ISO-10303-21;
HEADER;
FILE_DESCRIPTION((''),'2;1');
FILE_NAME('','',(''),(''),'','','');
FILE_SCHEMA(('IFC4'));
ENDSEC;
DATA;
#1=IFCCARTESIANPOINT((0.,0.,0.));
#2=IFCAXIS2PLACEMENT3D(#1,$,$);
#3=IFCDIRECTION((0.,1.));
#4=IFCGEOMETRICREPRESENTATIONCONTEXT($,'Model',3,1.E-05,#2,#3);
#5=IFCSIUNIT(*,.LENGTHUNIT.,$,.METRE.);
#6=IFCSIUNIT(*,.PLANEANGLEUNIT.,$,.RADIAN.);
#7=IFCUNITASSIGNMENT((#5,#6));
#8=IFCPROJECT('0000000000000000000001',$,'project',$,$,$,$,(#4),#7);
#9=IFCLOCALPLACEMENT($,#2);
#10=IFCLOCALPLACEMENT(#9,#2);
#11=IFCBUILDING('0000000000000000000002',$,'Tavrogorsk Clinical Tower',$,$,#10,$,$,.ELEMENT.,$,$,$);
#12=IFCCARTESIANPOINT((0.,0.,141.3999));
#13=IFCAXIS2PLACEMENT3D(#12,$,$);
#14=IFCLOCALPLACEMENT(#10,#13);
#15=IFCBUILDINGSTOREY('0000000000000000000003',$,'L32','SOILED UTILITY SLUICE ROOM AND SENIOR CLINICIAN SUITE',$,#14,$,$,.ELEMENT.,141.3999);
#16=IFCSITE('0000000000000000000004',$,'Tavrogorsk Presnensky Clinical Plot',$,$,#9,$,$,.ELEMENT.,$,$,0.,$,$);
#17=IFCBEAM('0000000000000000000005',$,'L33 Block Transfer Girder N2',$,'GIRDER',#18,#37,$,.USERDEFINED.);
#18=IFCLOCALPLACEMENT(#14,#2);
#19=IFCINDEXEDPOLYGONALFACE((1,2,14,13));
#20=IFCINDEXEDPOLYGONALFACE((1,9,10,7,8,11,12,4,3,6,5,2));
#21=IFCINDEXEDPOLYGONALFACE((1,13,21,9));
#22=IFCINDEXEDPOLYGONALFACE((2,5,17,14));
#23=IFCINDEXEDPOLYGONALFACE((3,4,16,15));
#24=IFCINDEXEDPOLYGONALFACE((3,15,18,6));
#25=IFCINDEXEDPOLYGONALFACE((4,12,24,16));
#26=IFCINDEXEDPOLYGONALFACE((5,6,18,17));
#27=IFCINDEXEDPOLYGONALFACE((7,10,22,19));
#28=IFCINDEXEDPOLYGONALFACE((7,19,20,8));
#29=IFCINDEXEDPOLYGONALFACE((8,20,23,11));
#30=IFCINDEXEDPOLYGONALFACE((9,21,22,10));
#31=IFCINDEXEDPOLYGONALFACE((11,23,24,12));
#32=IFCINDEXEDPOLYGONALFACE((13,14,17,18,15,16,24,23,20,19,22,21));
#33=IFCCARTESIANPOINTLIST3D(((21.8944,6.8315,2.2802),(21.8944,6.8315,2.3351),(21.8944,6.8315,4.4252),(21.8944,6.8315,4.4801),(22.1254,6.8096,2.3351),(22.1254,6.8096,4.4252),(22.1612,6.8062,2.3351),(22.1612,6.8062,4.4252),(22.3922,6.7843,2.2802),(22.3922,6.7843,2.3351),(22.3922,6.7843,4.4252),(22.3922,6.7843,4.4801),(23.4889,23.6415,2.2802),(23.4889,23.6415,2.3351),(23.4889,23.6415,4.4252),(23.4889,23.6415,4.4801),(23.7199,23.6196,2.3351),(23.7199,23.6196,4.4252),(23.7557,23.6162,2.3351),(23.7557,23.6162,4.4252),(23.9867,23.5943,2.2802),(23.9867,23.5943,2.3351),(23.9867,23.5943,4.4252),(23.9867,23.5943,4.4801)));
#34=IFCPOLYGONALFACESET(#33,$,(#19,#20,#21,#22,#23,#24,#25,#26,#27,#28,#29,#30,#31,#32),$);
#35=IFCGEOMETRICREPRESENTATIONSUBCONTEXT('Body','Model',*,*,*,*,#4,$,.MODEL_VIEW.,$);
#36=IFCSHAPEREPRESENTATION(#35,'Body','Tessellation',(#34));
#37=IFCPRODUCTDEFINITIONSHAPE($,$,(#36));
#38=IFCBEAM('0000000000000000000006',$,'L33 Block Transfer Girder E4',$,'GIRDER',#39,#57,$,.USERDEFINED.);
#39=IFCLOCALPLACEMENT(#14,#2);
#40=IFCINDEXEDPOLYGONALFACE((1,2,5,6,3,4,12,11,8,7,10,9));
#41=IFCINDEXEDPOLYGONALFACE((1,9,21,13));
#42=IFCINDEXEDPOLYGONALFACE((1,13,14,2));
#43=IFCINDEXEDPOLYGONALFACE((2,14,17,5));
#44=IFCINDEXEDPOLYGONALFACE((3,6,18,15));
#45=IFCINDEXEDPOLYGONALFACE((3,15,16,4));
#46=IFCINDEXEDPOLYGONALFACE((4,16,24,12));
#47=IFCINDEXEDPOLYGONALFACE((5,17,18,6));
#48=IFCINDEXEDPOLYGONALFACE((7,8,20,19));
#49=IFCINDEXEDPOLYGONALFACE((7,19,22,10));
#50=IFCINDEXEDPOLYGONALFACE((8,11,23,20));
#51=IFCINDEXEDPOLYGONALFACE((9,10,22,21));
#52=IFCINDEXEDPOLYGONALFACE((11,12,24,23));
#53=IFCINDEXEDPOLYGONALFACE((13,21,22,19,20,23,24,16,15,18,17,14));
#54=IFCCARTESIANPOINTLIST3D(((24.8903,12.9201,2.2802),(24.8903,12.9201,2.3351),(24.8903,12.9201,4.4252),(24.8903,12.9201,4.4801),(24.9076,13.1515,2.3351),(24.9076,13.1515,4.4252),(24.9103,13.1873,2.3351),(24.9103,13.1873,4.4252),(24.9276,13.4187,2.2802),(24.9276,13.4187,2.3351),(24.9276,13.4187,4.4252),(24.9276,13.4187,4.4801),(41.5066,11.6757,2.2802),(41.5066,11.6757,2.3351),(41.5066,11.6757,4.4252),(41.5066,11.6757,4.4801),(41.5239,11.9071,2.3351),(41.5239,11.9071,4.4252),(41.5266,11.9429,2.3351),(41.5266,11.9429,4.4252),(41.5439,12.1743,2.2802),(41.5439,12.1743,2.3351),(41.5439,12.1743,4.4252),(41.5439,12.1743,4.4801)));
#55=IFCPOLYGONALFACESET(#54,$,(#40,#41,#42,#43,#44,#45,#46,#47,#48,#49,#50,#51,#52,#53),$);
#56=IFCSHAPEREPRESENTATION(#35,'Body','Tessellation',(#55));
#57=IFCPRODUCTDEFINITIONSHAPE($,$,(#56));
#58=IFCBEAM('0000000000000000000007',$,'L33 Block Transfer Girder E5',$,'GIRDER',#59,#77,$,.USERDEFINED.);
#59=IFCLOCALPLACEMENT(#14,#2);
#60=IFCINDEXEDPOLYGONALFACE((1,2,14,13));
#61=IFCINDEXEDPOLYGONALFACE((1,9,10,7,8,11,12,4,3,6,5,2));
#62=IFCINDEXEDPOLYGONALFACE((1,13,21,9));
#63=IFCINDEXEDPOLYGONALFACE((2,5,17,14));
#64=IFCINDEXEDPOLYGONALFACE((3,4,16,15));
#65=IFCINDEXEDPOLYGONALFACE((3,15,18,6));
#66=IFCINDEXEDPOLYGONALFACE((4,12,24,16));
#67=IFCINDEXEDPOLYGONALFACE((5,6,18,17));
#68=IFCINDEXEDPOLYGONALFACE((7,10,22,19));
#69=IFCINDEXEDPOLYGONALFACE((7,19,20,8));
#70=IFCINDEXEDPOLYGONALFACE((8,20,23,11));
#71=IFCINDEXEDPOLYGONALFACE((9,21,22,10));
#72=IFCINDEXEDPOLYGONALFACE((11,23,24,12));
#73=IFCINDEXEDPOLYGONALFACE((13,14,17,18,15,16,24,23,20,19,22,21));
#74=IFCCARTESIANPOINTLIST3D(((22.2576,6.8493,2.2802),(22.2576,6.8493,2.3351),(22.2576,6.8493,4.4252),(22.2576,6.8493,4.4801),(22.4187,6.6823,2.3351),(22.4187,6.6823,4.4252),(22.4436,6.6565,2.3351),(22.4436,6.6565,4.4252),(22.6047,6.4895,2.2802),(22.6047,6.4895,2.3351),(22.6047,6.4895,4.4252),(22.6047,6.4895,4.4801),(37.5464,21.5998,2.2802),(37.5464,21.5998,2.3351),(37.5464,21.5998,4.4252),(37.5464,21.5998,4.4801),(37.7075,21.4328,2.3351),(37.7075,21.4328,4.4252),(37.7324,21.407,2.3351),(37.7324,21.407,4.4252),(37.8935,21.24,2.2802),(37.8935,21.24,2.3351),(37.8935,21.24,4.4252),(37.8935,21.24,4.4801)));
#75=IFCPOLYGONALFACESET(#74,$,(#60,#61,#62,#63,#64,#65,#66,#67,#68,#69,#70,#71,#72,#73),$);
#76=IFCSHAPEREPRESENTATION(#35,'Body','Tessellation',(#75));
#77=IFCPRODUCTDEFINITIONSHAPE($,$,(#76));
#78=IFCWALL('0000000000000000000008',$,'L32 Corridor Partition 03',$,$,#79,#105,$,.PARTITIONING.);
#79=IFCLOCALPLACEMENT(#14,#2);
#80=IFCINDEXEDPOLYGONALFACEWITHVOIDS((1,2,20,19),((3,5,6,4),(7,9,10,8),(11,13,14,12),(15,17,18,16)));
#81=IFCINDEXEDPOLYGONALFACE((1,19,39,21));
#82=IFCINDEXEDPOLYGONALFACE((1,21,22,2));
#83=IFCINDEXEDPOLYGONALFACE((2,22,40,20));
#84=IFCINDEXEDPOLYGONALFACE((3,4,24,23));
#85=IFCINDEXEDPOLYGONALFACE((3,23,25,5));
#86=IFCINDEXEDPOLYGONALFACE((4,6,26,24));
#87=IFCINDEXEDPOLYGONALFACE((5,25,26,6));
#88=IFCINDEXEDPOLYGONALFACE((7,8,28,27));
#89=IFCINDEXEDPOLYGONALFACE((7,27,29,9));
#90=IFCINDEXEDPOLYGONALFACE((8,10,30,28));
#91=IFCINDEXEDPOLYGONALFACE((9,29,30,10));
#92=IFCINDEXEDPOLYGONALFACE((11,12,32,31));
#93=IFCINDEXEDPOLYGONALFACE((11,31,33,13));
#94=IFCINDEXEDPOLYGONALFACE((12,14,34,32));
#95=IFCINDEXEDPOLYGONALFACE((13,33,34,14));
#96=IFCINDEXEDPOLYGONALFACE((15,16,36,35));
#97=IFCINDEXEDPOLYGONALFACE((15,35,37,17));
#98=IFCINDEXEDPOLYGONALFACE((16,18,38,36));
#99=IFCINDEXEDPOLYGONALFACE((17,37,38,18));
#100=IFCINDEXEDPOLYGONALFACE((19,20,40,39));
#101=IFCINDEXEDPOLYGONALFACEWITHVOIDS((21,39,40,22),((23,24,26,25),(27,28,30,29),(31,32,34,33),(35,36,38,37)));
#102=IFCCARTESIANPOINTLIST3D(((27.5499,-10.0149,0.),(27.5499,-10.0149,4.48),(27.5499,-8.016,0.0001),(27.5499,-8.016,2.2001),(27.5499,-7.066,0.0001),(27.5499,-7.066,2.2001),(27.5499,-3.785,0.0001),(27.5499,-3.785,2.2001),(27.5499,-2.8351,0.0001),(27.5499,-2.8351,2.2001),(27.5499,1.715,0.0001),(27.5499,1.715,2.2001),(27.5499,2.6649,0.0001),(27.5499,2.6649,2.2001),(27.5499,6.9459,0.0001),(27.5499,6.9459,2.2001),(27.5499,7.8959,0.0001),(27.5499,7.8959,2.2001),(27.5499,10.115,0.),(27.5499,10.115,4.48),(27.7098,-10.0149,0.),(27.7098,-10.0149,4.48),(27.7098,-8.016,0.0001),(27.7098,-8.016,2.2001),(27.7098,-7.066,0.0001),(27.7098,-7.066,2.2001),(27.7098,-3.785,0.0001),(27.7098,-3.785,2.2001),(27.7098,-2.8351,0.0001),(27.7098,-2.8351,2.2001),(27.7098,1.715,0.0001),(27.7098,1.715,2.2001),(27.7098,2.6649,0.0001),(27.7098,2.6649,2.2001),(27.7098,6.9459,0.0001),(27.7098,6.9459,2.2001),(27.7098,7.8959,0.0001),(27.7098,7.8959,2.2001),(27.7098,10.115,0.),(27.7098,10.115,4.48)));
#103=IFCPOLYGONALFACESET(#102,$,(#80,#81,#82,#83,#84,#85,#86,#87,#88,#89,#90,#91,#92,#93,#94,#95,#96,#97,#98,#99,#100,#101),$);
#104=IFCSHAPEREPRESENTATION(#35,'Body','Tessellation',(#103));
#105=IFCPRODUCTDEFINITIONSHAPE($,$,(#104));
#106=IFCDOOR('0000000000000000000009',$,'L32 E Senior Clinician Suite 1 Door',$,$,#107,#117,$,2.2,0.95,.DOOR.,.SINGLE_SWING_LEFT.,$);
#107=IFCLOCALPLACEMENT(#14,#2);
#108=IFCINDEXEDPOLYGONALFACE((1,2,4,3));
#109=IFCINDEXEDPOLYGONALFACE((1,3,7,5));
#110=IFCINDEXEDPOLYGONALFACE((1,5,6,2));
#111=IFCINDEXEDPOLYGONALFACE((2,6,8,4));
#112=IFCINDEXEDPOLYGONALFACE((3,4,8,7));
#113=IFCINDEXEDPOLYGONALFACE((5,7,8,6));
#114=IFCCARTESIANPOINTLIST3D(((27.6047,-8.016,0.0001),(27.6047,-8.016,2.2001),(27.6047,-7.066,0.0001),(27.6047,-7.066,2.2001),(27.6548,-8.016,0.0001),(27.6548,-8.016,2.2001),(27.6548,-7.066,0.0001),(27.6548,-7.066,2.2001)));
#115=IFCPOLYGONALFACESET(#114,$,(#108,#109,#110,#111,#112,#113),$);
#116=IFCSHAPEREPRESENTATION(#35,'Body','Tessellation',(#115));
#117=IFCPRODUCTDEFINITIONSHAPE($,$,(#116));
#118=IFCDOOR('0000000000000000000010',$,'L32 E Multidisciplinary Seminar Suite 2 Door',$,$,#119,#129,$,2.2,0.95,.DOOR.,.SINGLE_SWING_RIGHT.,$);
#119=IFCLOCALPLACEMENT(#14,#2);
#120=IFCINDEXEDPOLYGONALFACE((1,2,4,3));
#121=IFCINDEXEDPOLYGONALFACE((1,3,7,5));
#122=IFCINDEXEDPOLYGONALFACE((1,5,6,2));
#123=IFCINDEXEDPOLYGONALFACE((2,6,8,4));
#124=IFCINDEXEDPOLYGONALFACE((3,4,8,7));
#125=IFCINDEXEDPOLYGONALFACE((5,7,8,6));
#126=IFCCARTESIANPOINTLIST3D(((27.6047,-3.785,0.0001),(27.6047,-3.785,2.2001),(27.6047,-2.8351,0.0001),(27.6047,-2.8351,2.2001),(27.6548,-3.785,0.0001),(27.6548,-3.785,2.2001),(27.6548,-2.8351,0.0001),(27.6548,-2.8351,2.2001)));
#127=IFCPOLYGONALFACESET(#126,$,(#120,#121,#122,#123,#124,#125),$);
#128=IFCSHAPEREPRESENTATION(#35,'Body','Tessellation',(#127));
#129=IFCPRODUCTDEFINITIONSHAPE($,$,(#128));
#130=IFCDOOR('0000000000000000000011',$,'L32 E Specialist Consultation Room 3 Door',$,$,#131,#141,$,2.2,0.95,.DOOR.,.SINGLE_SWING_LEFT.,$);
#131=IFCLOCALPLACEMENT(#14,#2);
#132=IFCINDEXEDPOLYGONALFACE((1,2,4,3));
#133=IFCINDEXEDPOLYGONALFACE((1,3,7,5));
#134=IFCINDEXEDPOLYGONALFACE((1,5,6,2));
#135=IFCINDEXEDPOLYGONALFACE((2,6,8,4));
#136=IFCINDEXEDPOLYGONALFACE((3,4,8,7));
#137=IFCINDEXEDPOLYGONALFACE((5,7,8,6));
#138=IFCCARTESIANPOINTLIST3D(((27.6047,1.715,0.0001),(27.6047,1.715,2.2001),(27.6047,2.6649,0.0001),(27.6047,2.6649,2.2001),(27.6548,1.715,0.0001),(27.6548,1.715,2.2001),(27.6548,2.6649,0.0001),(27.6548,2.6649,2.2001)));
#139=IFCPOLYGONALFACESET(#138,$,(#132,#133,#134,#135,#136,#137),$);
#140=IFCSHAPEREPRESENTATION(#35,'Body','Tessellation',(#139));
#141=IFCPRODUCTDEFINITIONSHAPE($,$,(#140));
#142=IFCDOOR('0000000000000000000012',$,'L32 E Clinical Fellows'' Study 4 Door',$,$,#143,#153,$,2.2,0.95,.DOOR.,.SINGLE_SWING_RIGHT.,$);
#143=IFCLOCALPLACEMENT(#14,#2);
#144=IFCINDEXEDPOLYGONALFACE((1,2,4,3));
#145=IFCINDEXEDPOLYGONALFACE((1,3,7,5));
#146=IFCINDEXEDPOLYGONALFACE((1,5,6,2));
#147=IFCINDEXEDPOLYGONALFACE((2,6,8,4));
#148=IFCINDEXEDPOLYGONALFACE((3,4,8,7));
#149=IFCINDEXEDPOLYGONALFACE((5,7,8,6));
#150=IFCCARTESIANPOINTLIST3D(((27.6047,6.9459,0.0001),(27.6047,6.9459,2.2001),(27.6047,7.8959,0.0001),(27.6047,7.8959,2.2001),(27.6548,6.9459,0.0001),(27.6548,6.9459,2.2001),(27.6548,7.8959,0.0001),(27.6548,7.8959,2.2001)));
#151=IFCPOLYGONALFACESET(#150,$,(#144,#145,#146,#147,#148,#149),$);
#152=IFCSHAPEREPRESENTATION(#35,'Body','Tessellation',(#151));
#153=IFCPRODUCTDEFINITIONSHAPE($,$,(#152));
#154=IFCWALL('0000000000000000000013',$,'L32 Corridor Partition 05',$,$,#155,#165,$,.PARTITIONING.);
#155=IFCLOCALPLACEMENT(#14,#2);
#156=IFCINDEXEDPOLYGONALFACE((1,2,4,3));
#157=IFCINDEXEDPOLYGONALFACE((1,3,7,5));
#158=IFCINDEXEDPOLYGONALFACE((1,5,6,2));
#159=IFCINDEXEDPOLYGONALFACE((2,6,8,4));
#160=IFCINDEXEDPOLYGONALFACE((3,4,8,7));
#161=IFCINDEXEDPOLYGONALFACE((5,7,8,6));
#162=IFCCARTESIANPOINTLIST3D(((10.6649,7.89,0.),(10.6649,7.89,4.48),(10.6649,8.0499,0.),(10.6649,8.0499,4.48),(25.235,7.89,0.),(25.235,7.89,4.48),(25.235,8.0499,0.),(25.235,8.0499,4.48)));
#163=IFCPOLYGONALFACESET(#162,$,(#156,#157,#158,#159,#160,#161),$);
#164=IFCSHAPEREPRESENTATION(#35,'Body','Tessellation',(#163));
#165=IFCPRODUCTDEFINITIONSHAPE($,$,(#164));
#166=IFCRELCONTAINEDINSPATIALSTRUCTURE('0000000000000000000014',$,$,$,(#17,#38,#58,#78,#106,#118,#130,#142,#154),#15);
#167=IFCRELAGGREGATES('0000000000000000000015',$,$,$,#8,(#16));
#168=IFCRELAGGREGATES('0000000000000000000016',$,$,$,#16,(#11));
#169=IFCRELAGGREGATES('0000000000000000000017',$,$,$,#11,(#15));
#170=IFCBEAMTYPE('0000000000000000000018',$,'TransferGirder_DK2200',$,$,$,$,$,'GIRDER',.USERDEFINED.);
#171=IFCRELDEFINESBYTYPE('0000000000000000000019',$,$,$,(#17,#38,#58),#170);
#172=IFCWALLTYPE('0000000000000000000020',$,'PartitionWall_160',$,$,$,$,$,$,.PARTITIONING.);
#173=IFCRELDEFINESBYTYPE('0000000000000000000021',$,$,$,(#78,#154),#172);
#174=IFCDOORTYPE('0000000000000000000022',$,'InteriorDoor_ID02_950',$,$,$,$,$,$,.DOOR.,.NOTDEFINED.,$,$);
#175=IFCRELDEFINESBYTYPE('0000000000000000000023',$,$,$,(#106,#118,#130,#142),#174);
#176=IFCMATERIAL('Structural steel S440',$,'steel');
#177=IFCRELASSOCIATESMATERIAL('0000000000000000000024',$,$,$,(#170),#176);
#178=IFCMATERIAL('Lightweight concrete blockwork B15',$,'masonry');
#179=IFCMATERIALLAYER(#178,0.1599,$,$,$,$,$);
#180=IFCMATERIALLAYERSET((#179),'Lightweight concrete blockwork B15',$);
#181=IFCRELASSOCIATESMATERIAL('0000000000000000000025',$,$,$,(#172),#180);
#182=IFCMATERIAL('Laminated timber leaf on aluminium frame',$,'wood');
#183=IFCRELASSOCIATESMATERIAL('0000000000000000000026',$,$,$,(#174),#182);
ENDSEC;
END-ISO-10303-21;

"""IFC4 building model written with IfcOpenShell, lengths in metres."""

from ifc_helpers import new_model, si_unit, direction, frame, frame_2d, origin, origin_2d, place, context, subcontext, project, spatial, rectangle, i_section, extrude, material, layer, layer_set, material_profile, profile_set, type_object, element, fill, save


model = new_model("IFC4")

# Units and contexts
model_context = context("Model", 3, precision=1e-05, world=origin(), true_north=direction((0.0, 1.0)))
body_context = subcontext(model_context, "Body", "Model", "MODEL_VIEW")
ifc_project = project(units=[si_unit("LENGTHUNIT", "METRE"), si_unit("PLANEANGLEUNIT", "RADIAN")], contexts=[model_context])

# Site, building, storey
site_placement = place(None, origin())
site = spatial("IfcSite", under=ifc_project, at=site_placement, Name="Tavrogorsk Presnensky Clinical Plot", CompositionType="ELEMENT", RefElevation=0.0)
building_placement = place(site_placement, origin())
building = spatial("IfcBuilding", under=site, at=building_placement, Name="Tavrogorsk Clinical Tower", CompositionType="ELEMENT")
storey_placement = place(building_placement, frame((0.0, 0.0, 141.3999)))
storey = spatial("IfcBuildingStorey", under=building, at=storey_placement, Name="L32", Description="SOILED UTILITY SLUICE ROOM AND SENIOR CLINICIAN SUITE", CompositionType="ELEMENT", Elevation=141.3999)

# Beams
ifc_material_1 = material(Name="Structural steel S440", Category="steel")
ifc_material_profile_1 = material_profile(ifc_material_1, i_section(OverallWidth=0.5, OverallDepth=2.2, WebThickness=0.0359, FlangeThickness=0.0549, at=origin_2d()), Name="DK-2200x500x36x55")
ifc_profile_set_1 = profile_set([ifc_material_profile_1], Name="Structural steel S440")
beam_type_1 = type_object("IfcBeamType", Name="TransferGirder_DK2200", ElementType="GIRDER", PredefinedType="USERDEFINED", material=ifc_profile_set_1)
beam_1_placement = place(storey_placement, frame((22.1433, 6.8079, 3.3801), z_axis=(0.094429, 0.995532, 0.0), x_axis=(-0.995532, 0.094429, 0.0)))
element("IfcBeam", 1, at=beam_1_placement, inside=storey, type_object=beam_type_1, Name="L33 Block Transfer Girder N2", ObjectType="GIRDER", PredefinedType="USERDEFINED", context=body_context, shape_type="SweptSolid", body=[
    extrude(i_section(OverallWidth=0.5, OverallDepth=2.2, WebThickness=0.0359, FlangeThickness=0.0549, at=origin_2d()), origin(), (0.0, 0.0, 1.0), 16.8855),
])
beam_2_placement = place(storey_placement, frame((24.9089, 13.1694, 3.3801), z_axis=(0.997207, -0.074681, 0.0), x_axis=(0.074681, 0.997207, 0.0)))
element("IfcBeam", 2, at=beam_2_placement, inside=storey, type_object=beam_type_1, Name="L33 Block Transfer Girder E4", ObjectType="GIRDER", PredefinedType="USERDEFINED", context=body_context, shape_type="SweptSolid", body=[
    extrude(i_section(OverallWidth=0.5, OverallDepth=2.2, WebThickness=0.0359, FlangeThickness=0.0549, at=origin_2d()), origin(), (0.0, 0.0, 1.0), 16.6628),
])
beam_3_placement = place(storey_placement, frame((22.4312, 6.6694, 3.3801), z_axis=(0.719663, 0.694323, 0.0), x_axis=(-0.694323, 0.719663, 0.0)))
element("IfcBeam", 3, at=beam_3_placement, inside=storey, type_object=beam_type_1, Name="L33 Block Transfer Girder E5", ObjectType="GIRDER", PredefinedType="USERDEFINED", context=body_context, shape_type="SweptSolid", body=[
    extrude(i_section(OverallWidth=0.5, OverallDepth=2.2, WebThickness=0.0359, FlangeThickness=0.0549, at=origin_2d()), origin(), (0.0, 0.0, 1.0), 21.2444),
])

# Wall, openings, doors
ifc_material_2 = material(Name="Lightweight concrete blockwork B15", Category="masonry")
ifc_layer_1 = layer(ifc_material_2, 0.1599)
ifc_layer_set_1 = layer_set([ifc_layer_1], Name="Lightweight concrete blockwork B15")
wall_type_1 = type_object("IfcWallType", Name="PartitionWall_160", PredefinedType="PARTITIONING", material=ifc_layer_set_1)
wall_1_placement = place(storey_placement, frame((27.6299, 10.115, 0.0), z_axis=(0.0, 0.0, 1.0), x_axis=(0.0, -1.0, 0.0)))
wall_1 = element("IfcWall", 4, at=wall_1_placement, inside=storey, type_object=wall_type_1, Name="L32 Corridor Partition 03", PredefinedType="PARTITIONING", context=body_context, shape_type="SweptSolid", body=[
    extrude(rectangle(XDim=20.1299, YDim=0.1599, at=frame_2d((10.0649, 0.0))), origin(), (0.0, 0.0, 1.0), 4.48),
])
opening_1_placement = place(wall_1_placement, frame((17.1809, 0.0, 0.0)))
opening_1 = element("IfcOpeningElement", 5, at=opening_1_placement, cuts=wall_1, PredefinedType="OPENING", context=body_context, shape_type="SweptSolid", body=[
    extrude(rectangle(XDim=0.95, YDim=2.2, at=frame_2d((0.4751, 1.1001))), frame((0.0, 0.0898, 0.0), z_axis=(0.0, -1.0, 0.0), x_axis=(1.0, 0.0, 0.0)), (0.0, 0.0, 1.0), 0.1799),
])
opening_2_placement = place(wall_1_placement, frame((12.95, 0.0, 0.0)))
opening_2 = element("IfcOpeningElement", 6, at=opening_2_placement, cuts=wall_1, PredefinedType="OPENING", context=body_context, shape_type="SweptSolid", body=[
    extrude(rectangle(XDim=0.95, YDim=2.2, at=frame_2d((0.4751, 1.1001))), frame((0.0, 0.0898, 0.0), z_axis=(0.0, -1.0, 0.0), x_axis=(1.0, 0.0, 0.0)), (0.0, 0.0, 1.0), 0.1799),
])
opening_3_placement = place(wall_1_placement, frame((7.45, 0.0, 0.0)))
opening_3 = element("IfcOpeningElement", 7, at=opening_3_placement, cuts=wall_1, PredefinedType="OPENING", context=body_context, shape_type="SweptSolid", body=[
    extrude(rectangle(XDim=0.95, YDim=2.2, at=frame_2d((0.4751, 1.1001))), frame((0.0, 0.0898, 0.0), z_axis=(0.0, -1.0, 0.0), x_axis=(1.0, 0.0, 0.0)), (0.0, 0.0, 1.0), 0.1799),
])
opening_4_placement = place(wall_1_placement, frame((2.219, 0.0, 0.0)))
opening_4 = element("IfcOpeningElement", 8, at=opening_4_placement, cuts=wall_1, PredefinedType="OPENING", context=body_context, shape_type="SweptSolid", body=[
    extrude(rectangle(XDim=0.95, YDim=2.2, at=frame_2d((0.4751, 1.1001))), frame((0.0, 0.0898, 0.0), z_axis=(0.0, -1.0, 0.0), x_axis=(1.0, 0.0, 0.0)), (0.0, 0.0, 1.0), 0.1799),
])
ifc_material_3 = material(Name="Laminated timber leaf on aluminium frame", Category="wood")
door_type = type_object("IfcDoorType", Name="InteriorDoor_ID02_950", OperationType="NOTDEFINED", PredefinedType="DOOR", material=ifc_material_3)
door_1_placement = place(opening_1_placement, origin())
door_1 = element("IfcDoor", 9, at=door_1_placement, inside=storey, type_object=door_type, Name="L32 E Senior Clinician Suite 1 Door", OperationType="SINGLE_SWING_LEFT", OverallHeight=2.2, OverallWidth=0.95, PredefinedType="DOOR", context=body_context, shape_type="SweptSolid", body=[
    extrude(rectangle(XDim=0.95, YDim=2.2, at=frame_2d((0.4751, 1.1001))), frame((0.0, 0.0249, 0.0), z_axis=(0.0, -1.0, 0.0), x_axis=(1.0, 0.0, 0.0)), (0.0, 0.0, 1.0), 0.05),
])
fill(opening_1, door_1)
door_2_placement = place(opening_2_placement, origin())
door_2 = element("IfcDoor", 10, at=door_2_placement, inside=storey, type_object=door_type, Name="L32 E Multidisciplinary Seminar Suite 2 Door", OperationType="SINGLE_SWING_RIGHT", OverallHeight=2.2, OverallWidth=0.95, PredefinedType="DOOR", context=body_context, shape_type="SweptSolid", body=[
    extrude(rectangle(XDim=0.95, YDim=2.2, at=frame_2d((0.4751, 1.1001))), frame((0.0, 0.0249, 0.0), z_axis=(0.0, -1.0, 0.0), x_axis=(1.0, 0.0, 0.0)), (0.0, 0.0, 1.0), 0.05),
])
fill(opening_2, door_2)
door_3_placement = place(opening_3_placement, origin())
door_3 = element("IfcDoor", 11, at=door_3_placement, inside=storey, type_object=door_type, Name="L32 E Specialist Consultation Room 3 Door", OperationType="SINGLE_SWING_LEFT", OverallHeight=2.2, OverallWidth=0.95, PredefinedType="DOOR", context=body_context, shape_type="SweptSolid", body=[
    extrude(rectangle(XDim=0.95, YDim=2.2, at=frame_2d((0.4751, 1.1001))), frame((0.0, 0.0249, 0.0), z_axis=(0.0, -1.0, 0.0), x_axis=(1.0, 0.0, 0.0)), (0.0, 0.0, 1.0), 0.05),
])
fill(opening_3, door_3)
door_4_placement = place(opening_4_placement, origin())
door_4 = element("IfcDoor", 12, at=door_4_placement, inside=storey, type_object=door_type, Name="L32 E Clinical Fellows' Study 4 Door", OperationType="SINGLE_SWING_RIGHT", OverallHeight=2.2, OverallWidth=0.95, PredefinedType="DOOR", context=body_context, shape_type="SweptSolid", body=[
    extrude(rectangle(XDim=0.95, YDim=2.2, at=frame_2d((0.4751, 1.1001))), frame((0.0, 0.0249, 0.0), z_axis=(0.0, -1.0, 0.0), x_axis=(1.0, 0.0, 0.0)), (0.0, 0.0, 1.0), 0.05),
])
fill(opening_4, door_4)

# Wall
wall_2_placement = place(storey_placement, frame((25.2351, 7.97, 0.0), z_axis=(0.0, 0.0, 1.0), x_axis=(-1.0, 0.0, 0.0)))
element("IfcWall", 13, at=wall_2_placement, inside=storey, type_object=wall_type_1, Name="L32 Corridor Partition 05", PredefinedType="PARTITIONING", context=body_context, shape_type="SweptSolid", body=[
    extrude(rectangle(XDim=14.5701, YDim=0.1599, at=frame_2d((7.2852, 0.0))), origin(), (0.0, 0.0, 1.0), 4.48),
])

save(model, "model.ifc")
